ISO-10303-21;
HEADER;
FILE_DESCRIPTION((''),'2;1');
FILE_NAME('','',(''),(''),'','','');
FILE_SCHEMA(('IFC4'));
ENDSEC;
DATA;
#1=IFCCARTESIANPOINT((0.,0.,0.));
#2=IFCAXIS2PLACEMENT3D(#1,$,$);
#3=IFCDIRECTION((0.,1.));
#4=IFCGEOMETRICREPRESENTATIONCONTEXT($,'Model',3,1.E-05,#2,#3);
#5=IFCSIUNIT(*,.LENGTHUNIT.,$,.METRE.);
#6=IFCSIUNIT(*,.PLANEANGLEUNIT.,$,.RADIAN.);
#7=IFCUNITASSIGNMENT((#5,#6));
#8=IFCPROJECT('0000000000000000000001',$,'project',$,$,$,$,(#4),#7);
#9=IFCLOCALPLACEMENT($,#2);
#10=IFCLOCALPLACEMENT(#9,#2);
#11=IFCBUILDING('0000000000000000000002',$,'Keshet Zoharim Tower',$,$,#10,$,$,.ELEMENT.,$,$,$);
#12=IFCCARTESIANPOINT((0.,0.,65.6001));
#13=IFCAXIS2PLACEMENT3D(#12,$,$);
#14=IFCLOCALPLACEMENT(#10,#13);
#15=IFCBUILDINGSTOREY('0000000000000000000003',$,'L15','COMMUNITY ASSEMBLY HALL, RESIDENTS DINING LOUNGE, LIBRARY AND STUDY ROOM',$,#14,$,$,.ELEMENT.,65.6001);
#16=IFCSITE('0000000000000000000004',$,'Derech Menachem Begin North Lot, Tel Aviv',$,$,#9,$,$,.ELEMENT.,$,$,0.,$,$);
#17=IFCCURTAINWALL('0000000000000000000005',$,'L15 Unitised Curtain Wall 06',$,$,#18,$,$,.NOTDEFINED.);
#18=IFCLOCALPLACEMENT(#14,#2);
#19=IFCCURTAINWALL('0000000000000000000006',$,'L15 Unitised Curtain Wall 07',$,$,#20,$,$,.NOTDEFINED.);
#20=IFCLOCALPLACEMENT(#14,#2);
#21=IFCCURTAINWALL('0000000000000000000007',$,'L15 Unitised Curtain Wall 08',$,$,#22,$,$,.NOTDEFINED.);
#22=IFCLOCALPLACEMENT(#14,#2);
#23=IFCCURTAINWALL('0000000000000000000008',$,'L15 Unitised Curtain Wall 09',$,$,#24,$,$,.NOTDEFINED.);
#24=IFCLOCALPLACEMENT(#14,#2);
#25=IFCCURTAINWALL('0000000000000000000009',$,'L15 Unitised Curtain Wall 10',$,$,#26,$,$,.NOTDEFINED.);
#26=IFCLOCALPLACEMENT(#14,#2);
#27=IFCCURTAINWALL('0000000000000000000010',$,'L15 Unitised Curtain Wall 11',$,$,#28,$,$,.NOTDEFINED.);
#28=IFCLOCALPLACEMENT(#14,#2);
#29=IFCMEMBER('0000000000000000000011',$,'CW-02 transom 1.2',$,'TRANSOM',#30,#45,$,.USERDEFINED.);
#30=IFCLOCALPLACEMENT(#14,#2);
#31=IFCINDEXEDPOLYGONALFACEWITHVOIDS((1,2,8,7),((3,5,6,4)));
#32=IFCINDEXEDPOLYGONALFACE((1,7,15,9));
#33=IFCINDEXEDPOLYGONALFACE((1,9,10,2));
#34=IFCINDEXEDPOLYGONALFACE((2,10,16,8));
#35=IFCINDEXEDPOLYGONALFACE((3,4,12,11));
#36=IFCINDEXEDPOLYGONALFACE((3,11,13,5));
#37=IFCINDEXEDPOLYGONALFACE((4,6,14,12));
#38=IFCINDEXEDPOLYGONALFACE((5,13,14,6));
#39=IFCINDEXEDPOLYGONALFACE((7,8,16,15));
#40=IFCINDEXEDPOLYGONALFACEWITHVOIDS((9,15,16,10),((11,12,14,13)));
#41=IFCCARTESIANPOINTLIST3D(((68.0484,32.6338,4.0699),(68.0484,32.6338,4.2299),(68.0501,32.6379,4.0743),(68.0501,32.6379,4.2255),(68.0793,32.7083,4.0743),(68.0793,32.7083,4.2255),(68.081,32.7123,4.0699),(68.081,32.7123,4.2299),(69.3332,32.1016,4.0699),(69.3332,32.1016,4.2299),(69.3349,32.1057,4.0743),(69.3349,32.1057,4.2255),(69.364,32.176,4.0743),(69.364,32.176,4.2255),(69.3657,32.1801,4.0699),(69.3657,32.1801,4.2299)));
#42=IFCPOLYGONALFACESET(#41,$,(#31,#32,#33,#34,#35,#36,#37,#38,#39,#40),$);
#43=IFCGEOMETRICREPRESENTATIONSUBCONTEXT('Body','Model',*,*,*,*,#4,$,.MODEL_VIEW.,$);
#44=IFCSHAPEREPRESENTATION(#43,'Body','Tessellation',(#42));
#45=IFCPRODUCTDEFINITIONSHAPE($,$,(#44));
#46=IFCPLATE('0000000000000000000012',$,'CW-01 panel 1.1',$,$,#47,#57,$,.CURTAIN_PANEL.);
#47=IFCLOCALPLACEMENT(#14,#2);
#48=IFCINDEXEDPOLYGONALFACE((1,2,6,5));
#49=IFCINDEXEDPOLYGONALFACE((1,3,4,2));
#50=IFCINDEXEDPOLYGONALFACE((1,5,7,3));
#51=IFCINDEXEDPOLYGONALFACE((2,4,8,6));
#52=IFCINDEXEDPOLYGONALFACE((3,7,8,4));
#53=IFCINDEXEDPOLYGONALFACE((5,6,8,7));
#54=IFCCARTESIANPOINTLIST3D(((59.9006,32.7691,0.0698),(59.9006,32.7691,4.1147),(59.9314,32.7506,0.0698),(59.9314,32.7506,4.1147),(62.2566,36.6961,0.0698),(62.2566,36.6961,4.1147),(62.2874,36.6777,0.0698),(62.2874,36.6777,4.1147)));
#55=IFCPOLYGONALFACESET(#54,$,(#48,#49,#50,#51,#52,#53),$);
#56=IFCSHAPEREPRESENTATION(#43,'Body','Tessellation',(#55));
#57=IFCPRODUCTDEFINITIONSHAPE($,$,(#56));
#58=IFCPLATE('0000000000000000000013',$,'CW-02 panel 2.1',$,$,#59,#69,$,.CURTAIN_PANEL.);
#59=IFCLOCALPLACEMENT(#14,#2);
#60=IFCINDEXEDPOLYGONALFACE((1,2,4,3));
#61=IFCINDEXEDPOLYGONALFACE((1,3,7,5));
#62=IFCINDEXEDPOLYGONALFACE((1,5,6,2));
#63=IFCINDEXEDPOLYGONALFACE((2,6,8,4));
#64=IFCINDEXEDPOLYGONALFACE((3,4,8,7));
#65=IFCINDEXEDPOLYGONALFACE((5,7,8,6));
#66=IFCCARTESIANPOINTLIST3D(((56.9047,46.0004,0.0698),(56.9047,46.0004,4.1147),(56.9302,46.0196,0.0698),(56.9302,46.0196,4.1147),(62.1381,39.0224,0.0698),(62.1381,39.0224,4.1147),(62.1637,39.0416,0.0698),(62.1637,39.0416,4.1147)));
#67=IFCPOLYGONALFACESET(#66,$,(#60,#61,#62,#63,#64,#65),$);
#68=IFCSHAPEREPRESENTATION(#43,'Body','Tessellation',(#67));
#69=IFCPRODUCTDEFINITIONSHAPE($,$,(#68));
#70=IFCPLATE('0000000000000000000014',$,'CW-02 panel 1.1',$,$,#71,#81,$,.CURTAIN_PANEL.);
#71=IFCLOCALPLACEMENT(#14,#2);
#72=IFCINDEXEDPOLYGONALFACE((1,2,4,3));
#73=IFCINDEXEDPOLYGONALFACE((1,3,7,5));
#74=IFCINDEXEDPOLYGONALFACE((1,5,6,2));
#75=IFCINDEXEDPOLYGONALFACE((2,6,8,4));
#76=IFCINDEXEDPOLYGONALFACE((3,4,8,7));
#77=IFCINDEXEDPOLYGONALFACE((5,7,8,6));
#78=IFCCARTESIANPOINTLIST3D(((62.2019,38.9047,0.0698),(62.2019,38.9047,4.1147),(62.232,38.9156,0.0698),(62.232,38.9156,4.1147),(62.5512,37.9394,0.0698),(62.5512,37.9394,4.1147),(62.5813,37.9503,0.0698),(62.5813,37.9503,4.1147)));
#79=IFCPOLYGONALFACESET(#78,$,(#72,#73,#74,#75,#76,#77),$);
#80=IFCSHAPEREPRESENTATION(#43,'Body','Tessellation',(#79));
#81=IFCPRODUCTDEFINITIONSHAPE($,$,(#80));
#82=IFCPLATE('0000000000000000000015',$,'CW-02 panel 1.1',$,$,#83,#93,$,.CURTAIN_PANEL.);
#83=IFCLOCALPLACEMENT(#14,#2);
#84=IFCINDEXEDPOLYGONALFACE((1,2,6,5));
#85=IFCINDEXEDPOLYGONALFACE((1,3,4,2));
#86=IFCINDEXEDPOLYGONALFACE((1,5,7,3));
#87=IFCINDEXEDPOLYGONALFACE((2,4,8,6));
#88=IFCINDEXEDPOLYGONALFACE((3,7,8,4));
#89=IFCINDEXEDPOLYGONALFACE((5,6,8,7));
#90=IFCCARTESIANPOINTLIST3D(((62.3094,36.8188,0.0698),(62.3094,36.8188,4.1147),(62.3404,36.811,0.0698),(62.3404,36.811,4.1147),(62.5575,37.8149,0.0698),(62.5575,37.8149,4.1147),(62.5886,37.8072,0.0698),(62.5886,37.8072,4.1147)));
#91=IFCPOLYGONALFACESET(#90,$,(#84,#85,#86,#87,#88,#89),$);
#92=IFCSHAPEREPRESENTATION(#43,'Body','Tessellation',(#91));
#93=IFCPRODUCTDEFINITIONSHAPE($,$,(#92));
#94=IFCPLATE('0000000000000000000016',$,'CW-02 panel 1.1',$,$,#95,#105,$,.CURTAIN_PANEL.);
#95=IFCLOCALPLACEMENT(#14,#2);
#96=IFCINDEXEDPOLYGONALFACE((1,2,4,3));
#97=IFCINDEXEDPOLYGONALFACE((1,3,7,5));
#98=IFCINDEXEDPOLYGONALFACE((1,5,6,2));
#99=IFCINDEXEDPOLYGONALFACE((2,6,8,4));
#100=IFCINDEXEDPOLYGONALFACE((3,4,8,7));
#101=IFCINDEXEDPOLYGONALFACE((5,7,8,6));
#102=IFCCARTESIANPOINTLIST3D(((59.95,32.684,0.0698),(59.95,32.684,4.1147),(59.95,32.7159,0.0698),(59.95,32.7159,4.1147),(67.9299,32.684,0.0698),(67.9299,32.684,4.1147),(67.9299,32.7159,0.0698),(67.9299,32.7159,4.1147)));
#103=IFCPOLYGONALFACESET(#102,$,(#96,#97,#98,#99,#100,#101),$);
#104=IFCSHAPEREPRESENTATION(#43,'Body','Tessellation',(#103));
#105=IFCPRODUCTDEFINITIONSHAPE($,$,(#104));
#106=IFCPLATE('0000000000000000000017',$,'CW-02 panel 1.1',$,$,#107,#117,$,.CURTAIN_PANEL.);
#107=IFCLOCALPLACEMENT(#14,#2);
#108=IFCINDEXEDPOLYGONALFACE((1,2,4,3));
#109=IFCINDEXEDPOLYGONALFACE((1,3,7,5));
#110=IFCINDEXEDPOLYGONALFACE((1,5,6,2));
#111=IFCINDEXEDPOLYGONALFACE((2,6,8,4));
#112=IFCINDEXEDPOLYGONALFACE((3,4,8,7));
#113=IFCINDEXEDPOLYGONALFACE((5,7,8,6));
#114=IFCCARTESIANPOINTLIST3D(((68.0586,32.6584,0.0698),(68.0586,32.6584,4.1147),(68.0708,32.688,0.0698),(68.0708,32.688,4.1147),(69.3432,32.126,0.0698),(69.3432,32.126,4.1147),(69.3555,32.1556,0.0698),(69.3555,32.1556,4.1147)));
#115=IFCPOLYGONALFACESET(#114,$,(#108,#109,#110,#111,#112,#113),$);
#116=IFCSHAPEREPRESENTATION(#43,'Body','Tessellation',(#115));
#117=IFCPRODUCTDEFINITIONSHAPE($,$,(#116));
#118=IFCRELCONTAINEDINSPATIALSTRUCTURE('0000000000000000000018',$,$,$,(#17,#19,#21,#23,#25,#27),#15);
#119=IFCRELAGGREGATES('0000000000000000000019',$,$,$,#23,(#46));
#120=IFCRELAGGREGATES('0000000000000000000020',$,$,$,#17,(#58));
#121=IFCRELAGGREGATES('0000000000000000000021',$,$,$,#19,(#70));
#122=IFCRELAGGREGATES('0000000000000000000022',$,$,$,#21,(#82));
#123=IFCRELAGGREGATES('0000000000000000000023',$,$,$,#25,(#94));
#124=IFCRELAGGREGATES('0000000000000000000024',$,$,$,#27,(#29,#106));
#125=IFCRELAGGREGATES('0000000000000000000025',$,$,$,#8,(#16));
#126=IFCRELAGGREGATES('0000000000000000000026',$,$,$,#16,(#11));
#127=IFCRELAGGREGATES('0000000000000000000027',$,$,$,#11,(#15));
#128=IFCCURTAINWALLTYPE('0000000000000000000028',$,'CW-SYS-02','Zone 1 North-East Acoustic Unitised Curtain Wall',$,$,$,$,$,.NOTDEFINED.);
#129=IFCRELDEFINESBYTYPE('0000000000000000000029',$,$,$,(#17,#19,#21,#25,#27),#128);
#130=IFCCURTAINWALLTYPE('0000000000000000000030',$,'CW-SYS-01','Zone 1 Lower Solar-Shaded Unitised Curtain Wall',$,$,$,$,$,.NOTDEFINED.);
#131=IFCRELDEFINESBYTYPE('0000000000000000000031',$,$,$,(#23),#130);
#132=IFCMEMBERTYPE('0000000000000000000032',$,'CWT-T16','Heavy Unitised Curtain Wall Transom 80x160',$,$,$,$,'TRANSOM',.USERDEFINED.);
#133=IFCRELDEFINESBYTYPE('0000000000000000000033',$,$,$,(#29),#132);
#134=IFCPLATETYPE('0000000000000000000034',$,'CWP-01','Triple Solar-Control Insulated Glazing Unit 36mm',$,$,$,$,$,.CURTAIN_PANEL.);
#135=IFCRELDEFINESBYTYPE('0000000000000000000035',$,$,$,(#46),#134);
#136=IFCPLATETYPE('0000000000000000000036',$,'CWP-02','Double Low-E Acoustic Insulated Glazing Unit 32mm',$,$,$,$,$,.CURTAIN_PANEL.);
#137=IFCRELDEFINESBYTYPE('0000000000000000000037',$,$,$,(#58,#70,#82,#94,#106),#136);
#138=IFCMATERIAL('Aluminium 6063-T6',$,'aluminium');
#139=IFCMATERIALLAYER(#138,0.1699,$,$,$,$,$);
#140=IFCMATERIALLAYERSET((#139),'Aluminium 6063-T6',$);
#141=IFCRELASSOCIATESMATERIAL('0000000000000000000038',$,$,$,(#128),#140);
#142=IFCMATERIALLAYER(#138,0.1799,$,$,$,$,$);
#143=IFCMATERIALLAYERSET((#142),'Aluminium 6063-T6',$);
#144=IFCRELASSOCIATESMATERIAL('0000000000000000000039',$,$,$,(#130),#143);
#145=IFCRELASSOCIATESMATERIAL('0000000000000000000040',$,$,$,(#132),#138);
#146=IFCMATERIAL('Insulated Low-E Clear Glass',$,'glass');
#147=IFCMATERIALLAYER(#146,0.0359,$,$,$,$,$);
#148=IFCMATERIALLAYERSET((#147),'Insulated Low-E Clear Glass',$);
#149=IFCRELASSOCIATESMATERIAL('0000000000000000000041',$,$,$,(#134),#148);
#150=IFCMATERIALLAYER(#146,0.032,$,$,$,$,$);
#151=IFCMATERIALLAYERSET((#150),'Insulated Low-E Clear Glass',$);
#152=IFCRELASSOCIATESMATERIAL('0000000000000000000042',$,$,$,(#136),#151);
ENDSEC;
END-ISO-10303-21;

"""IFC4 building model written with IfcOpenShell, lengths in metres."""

from ifc_helpers import new_model, si_unit, direction, frame, origin, origin_2d, place, context, subcontext, project, spatial, rectangle, hollow_rectangle, extrude, material, layer, layer_set, material_profile, profile_set, type_object, element, aggregate, save


model = new_model("IFC4")

# Units and contexts
model_context = context("Model", 3, precision=1e-05, world=origin(), true_north=direction((0.0, 1.0)))
body_context = subcontext(model_context, "Body", "Model", "MODEL_VIEW")
ifc_project = project(units=[si_unit("LENGTHUNIT", "METRE"), si_unit("PLANEANGLEUNIT", "RADIAN")], contexts=[model_context])

# Site, building, storey
site_placement = place(None, origin())
site = spatial("IfcSite", under=ifc_project, at=site_placement, Name="Derech Menachem Begin North Lot, Tel Aviv", CompositionType="ELEMENT", RefElevation=0.0)
building_placement = place(site_placement, origin())
building = spatial("IfcBuilding", under=site, at=building_placement, Name="Keshet Zoharim Tower", CompositionType="ELEMENT")
storey_placement = place(building_placement, frame((0.0, 0.0, 65.6001)))
storey = spatial("IfcBuildingStorey", under=building, at=storey_placement, Name="L15", Description="COMMUNITY ASSEMBLY HALL, RESIDENTS DINING LOUNGE, LIBRARY AND STUDY ROOM", CompositionType="ELEMENT", Elevation=65.6001)

# Curtain wall
ifc_material_1 = material(Name="Aluminium 6063-T6", Category="aluminium")
ifc_layer_1 = layer(ifc_material_1, 0.1699)
ifc_layer_set_1 = layer_set([ifc_layer_1], Name="Aluminium 6063-T6")
curtain_wall_type_1 = type_object("IfcCurtainWallType", Name="CW-SYS-02", Description="Zone 1 North-East Acoustic Unitised Curtain Wall", PredefinedType="NOTDEFINED", material=ifc_layer_set_1)
curtain_wall_1_placement = place(storey_placement, origin())
curtain_wall_1 = element("IfcCurtainWall", 1, at=curtain_wall_1_placement, inside=storey, type_object=curtain_wall_type_1, Name="L15 Unitised Curtain Wall 06", PredefinedType="NOTDEFINED")

# Curtain walls
curtain_wall_2_placement = place(storey_placement, origin())
curtain_wall_2 = element("IfcCurtainWall", 2, at=curtain_wall_2_placement, inside=storey, type_object=curtain_wall_type_1, Name="L15 Unitised Curtain Wall 07", PredefinedType="NOTDEFINED")
curtain_wall_3_placement = place(storey_placement, origin())
curtain_wall_3 = element("IfcCurtainWall", 3, at=curtain_wall_3_placement, inside=storey, type_object=curtain_wall_type_1, Name="L15 Unitised Curtain Wall 08", PredefinedType="NOTDEFINED")
ifc_layer_2 = layer(ifc_material_1, 0.1799)
ifc_layer_set_2 = layer_set([ifc_layer_2], Name="Aluminium 6063-T6")
curtain_wall_type_2 = type_object("IfcCurtainWallType", Name="CW-SYS-01", Description="Zone 1 Lower Solar-Shaded Unitised Curtain Wall", PredefinedType="NOTDEFINED", material=ifc_layer_set_2)
curtain_wall_4_placement = place(storey_placement, origin())
curtain_wall_4 = element("IfcCurtainWall", 4, at=curtain_wall_4_placement, inside=storey, type_object=curtain_wall_type_2, Name="L15 Unitised Curtain Wall 09", PredefinedType="NOTDEFINED")
curtain_wall_5_placement = place(storey_placement, origin())
curtain_wall_5 = element("IfcCurtainWall", 5, at=curtain_wall_5_placement, inside=storey, type_object=curtain_wall_type_1, Name="L15 Unitised Curtain Wall 10", PredefinedType="NOTDEFINED")

# Curtain wall
curtain_wall_6_placement = place(storey_placement, origin())
curtain_wall_6 = element("IfcCurtainWall", 6, at=curtain_wall_6_placement, inside=storey, type_object=curtain_wall_type_1, Name="L15 Unitised Curtain Wall 11", PredefinedType="NOTDEFINED")

# Member
ifc_material_profile_1 = material_profile(ifc_material_1, hollow_rectangle(XDim=0.085, YDim=0.1599, WallThickness=0.0044, at=origin_2d()), Name="TRN-85x160")
ifc_profile_set_1 = profile_set([ifc_material_profile_1], Name="Aluminium 6063-T6")
member_type_1 = type_object("IfcMemberType", Name="CWT-T16", Description="Heavy Unitised Curtain Wall Transom 80x160", ElementType="TRANSOM", PredefinedType="USERDEFINED", material=ifc_profile_set_1)
member_1_placement = place(storey_placement, frame((68.0647, 32.6731, 4.1499), z_axis=(0.923854, -0.382745, 0.0), x_axis=(0.382745, 0.923854, 0.0)))
member_1 = element("IfcMember", 7, at=member_1_placement, type_object=member_type_1, Name="CW-02 transom 1.2", ObjectType="TRANSOM", PredefinedType="USERDEFINED", context=body_context, shape_type="SweptSolid", body=[
    extrude(hollow_rectangle(XDim=0.085, YDim=0.1599, WallThickness=0.0044, at=origin_2d()), origin(), (0.0, 0.0, 1.0), 1.3906),
])

# Plates
ifc_material_2 = material(Name="Insulated Low-E Clear Glass", Category="glass")
ifc_layer_3 = layer(ifc_material_2, 0.0359)
ifc_layer_set_3 = layer_set([ifc_layer_3], Name="Insulated Low-E Clear Glass")
plate_type_1 = type_object("IfcPlateType", Name="CWP-01", Description="Triple Solar-Control Insulated Glazing Unit 36mm", PredefinedType="CURTAIN_PANEL", material=ifc_layer_set_3)
plate_1_placement = place(storey_placement, frame((61.094, 34.7234, 0.0698), z_axis=(0.0, 0.0, 1.0), x_axis=(-0.514465, -0.857512, 0.0)))
plate_1 = element("IfcPlate", 8, at=plate_1_placement, type_object=plate_type_1, Name="CW-01 panel 1.1", PredefinedType="CURTAIN_PANEL", context=body_context, shape_type="SweptSolid", body=[
    extrude(rectangle(XDim=4.5796, YDim=0.0359, at=origin_2d()), origin(), (0.0, 0.0, 1.0), 4.0449),
])
aggregate(curtain_wall_4, [plate_1])
ifc_layer_4 = layer(ifc_material_2, 0.032)
ifc_layer_set_4 = layer_set([ifc_layer_4], Name="Insulated Low-E Clear Glass")
plate_type_2 = type_object("IfcPlateType", Name="CWP-02", Description="Double Low-E Acoustic Insulated Glazing Unit 32mm", PredefinedType="CURTAIN_PANEL", material=ifc_layer_set_4)
plate_2_placement = place(storey_placement, frame((59.5342, 42.521, 0.0698), z_axis=(0.0, 0.0, 1.0), x_axis=(0.6, -0.8, 0.0)))
plate_2 = element("IfcPlate", 9, at=plate_2_placement, type_object=plate_type_2, Name="CW-02 panel 2.1", PredefinedType="CURTAIN_PANEL", context=body_context, shape_type="SweptSolid", body=[
    extrude(rectangle(XDim=8.7224, YDim=0.032, at=origin_2d()), origin(), (0.0, 0.0, 1.0), 4.0449),
])
aggregate(curtain_wall_1, [plate_2])
plate_3_placement = place(storey_placement, frame((62.3916, 38.4275, 0.0698), z_axis=(0.0, 0.0, 1.0), x_axis=(0.340297, -0.940318, 0.0)))
plate_3 = element("IfcPlate", 10, at=plate_3_placement, type_object=plate_type_2, Name="CW-02 panel 1.1", PredefinedType="CURTAIN_PANEL", context=body_context, shape_type="SweptSolid", body=[
    extrude(rectangle(XDim=1.0266, YDim=0.032, at=origin_2d()), origin(), (0.0, 0.0, 1.0), 4.0449),
])
aggregate(curtain_wall_2, [plate_3])
plate_4_placement = place(storey_placement, frame((62.449, 37.313, 0.0698), z_axis=(0.0, 0.0, 1.0), x_axis=(-0.241729, -0.970344, 0.0)))
plate_4 = element("IfcPlate", 11, at=plate_4_placement, type_object=plate_type_2, Name="CW-02 panel 1.1", PredefinedType="CURTAIN_PANEL", context=body_context, shape_type="SweptSolid", body=[
    extrude(rectangle(XDim=1.0266, YDim=0.032, at=origin_2d()), origin(), (0.0, 0.0, 1.0), 4.0449),
])
aggregate(curtain_wall_3, [plate_4])
plate_5_placement = place(storey_placement, frame((63.9399, 32.7, 0.0698), z_axis=(0.0, 0.0, 1.0), x_axis=(1.0, 0.0, 0.0)))
plate_5 = element("IfcPlate", 12, at=plate_5_placement, type_object=plate_type_2, Name="CW-02 panel 1.1", PredefinedType="CURTAIN_PANEL", context=body_context, shape_type="SweptSolid", body=[
    extrude(rectangle(XDim=7.98, YDim=0.032, at=origin_2d()), origin(), (0.0, 0.0, 1.0), 4.0449),
])
aggregate(curtain_wall_5, [plate_5])
plate_6_placement = place(storey_placement, frame((68.707, 32.407, 0.0698), z_axis=(0.0, 0.0, 1.0), x_axis=(0.92381, -0.382852, 0.0)))
plate_6 = element("IfcPlate", 13, at=plate_6_placement, type_object=plate_type_2, Name="CW-02 panel 1.1", PredefinedType="CURTAIN_PANEL", context=body_context, shape_type="SweptSolid", body=[
    extrude(rectangle(XDim=1.3906, YDim=0.032, at=origin_2d()), origin(), (0.0, 0.0, 1.0), 4.0449),
])
aggregate(curtain_wall_6, [member_1, plate_6])

save(model, "model.ifc")
